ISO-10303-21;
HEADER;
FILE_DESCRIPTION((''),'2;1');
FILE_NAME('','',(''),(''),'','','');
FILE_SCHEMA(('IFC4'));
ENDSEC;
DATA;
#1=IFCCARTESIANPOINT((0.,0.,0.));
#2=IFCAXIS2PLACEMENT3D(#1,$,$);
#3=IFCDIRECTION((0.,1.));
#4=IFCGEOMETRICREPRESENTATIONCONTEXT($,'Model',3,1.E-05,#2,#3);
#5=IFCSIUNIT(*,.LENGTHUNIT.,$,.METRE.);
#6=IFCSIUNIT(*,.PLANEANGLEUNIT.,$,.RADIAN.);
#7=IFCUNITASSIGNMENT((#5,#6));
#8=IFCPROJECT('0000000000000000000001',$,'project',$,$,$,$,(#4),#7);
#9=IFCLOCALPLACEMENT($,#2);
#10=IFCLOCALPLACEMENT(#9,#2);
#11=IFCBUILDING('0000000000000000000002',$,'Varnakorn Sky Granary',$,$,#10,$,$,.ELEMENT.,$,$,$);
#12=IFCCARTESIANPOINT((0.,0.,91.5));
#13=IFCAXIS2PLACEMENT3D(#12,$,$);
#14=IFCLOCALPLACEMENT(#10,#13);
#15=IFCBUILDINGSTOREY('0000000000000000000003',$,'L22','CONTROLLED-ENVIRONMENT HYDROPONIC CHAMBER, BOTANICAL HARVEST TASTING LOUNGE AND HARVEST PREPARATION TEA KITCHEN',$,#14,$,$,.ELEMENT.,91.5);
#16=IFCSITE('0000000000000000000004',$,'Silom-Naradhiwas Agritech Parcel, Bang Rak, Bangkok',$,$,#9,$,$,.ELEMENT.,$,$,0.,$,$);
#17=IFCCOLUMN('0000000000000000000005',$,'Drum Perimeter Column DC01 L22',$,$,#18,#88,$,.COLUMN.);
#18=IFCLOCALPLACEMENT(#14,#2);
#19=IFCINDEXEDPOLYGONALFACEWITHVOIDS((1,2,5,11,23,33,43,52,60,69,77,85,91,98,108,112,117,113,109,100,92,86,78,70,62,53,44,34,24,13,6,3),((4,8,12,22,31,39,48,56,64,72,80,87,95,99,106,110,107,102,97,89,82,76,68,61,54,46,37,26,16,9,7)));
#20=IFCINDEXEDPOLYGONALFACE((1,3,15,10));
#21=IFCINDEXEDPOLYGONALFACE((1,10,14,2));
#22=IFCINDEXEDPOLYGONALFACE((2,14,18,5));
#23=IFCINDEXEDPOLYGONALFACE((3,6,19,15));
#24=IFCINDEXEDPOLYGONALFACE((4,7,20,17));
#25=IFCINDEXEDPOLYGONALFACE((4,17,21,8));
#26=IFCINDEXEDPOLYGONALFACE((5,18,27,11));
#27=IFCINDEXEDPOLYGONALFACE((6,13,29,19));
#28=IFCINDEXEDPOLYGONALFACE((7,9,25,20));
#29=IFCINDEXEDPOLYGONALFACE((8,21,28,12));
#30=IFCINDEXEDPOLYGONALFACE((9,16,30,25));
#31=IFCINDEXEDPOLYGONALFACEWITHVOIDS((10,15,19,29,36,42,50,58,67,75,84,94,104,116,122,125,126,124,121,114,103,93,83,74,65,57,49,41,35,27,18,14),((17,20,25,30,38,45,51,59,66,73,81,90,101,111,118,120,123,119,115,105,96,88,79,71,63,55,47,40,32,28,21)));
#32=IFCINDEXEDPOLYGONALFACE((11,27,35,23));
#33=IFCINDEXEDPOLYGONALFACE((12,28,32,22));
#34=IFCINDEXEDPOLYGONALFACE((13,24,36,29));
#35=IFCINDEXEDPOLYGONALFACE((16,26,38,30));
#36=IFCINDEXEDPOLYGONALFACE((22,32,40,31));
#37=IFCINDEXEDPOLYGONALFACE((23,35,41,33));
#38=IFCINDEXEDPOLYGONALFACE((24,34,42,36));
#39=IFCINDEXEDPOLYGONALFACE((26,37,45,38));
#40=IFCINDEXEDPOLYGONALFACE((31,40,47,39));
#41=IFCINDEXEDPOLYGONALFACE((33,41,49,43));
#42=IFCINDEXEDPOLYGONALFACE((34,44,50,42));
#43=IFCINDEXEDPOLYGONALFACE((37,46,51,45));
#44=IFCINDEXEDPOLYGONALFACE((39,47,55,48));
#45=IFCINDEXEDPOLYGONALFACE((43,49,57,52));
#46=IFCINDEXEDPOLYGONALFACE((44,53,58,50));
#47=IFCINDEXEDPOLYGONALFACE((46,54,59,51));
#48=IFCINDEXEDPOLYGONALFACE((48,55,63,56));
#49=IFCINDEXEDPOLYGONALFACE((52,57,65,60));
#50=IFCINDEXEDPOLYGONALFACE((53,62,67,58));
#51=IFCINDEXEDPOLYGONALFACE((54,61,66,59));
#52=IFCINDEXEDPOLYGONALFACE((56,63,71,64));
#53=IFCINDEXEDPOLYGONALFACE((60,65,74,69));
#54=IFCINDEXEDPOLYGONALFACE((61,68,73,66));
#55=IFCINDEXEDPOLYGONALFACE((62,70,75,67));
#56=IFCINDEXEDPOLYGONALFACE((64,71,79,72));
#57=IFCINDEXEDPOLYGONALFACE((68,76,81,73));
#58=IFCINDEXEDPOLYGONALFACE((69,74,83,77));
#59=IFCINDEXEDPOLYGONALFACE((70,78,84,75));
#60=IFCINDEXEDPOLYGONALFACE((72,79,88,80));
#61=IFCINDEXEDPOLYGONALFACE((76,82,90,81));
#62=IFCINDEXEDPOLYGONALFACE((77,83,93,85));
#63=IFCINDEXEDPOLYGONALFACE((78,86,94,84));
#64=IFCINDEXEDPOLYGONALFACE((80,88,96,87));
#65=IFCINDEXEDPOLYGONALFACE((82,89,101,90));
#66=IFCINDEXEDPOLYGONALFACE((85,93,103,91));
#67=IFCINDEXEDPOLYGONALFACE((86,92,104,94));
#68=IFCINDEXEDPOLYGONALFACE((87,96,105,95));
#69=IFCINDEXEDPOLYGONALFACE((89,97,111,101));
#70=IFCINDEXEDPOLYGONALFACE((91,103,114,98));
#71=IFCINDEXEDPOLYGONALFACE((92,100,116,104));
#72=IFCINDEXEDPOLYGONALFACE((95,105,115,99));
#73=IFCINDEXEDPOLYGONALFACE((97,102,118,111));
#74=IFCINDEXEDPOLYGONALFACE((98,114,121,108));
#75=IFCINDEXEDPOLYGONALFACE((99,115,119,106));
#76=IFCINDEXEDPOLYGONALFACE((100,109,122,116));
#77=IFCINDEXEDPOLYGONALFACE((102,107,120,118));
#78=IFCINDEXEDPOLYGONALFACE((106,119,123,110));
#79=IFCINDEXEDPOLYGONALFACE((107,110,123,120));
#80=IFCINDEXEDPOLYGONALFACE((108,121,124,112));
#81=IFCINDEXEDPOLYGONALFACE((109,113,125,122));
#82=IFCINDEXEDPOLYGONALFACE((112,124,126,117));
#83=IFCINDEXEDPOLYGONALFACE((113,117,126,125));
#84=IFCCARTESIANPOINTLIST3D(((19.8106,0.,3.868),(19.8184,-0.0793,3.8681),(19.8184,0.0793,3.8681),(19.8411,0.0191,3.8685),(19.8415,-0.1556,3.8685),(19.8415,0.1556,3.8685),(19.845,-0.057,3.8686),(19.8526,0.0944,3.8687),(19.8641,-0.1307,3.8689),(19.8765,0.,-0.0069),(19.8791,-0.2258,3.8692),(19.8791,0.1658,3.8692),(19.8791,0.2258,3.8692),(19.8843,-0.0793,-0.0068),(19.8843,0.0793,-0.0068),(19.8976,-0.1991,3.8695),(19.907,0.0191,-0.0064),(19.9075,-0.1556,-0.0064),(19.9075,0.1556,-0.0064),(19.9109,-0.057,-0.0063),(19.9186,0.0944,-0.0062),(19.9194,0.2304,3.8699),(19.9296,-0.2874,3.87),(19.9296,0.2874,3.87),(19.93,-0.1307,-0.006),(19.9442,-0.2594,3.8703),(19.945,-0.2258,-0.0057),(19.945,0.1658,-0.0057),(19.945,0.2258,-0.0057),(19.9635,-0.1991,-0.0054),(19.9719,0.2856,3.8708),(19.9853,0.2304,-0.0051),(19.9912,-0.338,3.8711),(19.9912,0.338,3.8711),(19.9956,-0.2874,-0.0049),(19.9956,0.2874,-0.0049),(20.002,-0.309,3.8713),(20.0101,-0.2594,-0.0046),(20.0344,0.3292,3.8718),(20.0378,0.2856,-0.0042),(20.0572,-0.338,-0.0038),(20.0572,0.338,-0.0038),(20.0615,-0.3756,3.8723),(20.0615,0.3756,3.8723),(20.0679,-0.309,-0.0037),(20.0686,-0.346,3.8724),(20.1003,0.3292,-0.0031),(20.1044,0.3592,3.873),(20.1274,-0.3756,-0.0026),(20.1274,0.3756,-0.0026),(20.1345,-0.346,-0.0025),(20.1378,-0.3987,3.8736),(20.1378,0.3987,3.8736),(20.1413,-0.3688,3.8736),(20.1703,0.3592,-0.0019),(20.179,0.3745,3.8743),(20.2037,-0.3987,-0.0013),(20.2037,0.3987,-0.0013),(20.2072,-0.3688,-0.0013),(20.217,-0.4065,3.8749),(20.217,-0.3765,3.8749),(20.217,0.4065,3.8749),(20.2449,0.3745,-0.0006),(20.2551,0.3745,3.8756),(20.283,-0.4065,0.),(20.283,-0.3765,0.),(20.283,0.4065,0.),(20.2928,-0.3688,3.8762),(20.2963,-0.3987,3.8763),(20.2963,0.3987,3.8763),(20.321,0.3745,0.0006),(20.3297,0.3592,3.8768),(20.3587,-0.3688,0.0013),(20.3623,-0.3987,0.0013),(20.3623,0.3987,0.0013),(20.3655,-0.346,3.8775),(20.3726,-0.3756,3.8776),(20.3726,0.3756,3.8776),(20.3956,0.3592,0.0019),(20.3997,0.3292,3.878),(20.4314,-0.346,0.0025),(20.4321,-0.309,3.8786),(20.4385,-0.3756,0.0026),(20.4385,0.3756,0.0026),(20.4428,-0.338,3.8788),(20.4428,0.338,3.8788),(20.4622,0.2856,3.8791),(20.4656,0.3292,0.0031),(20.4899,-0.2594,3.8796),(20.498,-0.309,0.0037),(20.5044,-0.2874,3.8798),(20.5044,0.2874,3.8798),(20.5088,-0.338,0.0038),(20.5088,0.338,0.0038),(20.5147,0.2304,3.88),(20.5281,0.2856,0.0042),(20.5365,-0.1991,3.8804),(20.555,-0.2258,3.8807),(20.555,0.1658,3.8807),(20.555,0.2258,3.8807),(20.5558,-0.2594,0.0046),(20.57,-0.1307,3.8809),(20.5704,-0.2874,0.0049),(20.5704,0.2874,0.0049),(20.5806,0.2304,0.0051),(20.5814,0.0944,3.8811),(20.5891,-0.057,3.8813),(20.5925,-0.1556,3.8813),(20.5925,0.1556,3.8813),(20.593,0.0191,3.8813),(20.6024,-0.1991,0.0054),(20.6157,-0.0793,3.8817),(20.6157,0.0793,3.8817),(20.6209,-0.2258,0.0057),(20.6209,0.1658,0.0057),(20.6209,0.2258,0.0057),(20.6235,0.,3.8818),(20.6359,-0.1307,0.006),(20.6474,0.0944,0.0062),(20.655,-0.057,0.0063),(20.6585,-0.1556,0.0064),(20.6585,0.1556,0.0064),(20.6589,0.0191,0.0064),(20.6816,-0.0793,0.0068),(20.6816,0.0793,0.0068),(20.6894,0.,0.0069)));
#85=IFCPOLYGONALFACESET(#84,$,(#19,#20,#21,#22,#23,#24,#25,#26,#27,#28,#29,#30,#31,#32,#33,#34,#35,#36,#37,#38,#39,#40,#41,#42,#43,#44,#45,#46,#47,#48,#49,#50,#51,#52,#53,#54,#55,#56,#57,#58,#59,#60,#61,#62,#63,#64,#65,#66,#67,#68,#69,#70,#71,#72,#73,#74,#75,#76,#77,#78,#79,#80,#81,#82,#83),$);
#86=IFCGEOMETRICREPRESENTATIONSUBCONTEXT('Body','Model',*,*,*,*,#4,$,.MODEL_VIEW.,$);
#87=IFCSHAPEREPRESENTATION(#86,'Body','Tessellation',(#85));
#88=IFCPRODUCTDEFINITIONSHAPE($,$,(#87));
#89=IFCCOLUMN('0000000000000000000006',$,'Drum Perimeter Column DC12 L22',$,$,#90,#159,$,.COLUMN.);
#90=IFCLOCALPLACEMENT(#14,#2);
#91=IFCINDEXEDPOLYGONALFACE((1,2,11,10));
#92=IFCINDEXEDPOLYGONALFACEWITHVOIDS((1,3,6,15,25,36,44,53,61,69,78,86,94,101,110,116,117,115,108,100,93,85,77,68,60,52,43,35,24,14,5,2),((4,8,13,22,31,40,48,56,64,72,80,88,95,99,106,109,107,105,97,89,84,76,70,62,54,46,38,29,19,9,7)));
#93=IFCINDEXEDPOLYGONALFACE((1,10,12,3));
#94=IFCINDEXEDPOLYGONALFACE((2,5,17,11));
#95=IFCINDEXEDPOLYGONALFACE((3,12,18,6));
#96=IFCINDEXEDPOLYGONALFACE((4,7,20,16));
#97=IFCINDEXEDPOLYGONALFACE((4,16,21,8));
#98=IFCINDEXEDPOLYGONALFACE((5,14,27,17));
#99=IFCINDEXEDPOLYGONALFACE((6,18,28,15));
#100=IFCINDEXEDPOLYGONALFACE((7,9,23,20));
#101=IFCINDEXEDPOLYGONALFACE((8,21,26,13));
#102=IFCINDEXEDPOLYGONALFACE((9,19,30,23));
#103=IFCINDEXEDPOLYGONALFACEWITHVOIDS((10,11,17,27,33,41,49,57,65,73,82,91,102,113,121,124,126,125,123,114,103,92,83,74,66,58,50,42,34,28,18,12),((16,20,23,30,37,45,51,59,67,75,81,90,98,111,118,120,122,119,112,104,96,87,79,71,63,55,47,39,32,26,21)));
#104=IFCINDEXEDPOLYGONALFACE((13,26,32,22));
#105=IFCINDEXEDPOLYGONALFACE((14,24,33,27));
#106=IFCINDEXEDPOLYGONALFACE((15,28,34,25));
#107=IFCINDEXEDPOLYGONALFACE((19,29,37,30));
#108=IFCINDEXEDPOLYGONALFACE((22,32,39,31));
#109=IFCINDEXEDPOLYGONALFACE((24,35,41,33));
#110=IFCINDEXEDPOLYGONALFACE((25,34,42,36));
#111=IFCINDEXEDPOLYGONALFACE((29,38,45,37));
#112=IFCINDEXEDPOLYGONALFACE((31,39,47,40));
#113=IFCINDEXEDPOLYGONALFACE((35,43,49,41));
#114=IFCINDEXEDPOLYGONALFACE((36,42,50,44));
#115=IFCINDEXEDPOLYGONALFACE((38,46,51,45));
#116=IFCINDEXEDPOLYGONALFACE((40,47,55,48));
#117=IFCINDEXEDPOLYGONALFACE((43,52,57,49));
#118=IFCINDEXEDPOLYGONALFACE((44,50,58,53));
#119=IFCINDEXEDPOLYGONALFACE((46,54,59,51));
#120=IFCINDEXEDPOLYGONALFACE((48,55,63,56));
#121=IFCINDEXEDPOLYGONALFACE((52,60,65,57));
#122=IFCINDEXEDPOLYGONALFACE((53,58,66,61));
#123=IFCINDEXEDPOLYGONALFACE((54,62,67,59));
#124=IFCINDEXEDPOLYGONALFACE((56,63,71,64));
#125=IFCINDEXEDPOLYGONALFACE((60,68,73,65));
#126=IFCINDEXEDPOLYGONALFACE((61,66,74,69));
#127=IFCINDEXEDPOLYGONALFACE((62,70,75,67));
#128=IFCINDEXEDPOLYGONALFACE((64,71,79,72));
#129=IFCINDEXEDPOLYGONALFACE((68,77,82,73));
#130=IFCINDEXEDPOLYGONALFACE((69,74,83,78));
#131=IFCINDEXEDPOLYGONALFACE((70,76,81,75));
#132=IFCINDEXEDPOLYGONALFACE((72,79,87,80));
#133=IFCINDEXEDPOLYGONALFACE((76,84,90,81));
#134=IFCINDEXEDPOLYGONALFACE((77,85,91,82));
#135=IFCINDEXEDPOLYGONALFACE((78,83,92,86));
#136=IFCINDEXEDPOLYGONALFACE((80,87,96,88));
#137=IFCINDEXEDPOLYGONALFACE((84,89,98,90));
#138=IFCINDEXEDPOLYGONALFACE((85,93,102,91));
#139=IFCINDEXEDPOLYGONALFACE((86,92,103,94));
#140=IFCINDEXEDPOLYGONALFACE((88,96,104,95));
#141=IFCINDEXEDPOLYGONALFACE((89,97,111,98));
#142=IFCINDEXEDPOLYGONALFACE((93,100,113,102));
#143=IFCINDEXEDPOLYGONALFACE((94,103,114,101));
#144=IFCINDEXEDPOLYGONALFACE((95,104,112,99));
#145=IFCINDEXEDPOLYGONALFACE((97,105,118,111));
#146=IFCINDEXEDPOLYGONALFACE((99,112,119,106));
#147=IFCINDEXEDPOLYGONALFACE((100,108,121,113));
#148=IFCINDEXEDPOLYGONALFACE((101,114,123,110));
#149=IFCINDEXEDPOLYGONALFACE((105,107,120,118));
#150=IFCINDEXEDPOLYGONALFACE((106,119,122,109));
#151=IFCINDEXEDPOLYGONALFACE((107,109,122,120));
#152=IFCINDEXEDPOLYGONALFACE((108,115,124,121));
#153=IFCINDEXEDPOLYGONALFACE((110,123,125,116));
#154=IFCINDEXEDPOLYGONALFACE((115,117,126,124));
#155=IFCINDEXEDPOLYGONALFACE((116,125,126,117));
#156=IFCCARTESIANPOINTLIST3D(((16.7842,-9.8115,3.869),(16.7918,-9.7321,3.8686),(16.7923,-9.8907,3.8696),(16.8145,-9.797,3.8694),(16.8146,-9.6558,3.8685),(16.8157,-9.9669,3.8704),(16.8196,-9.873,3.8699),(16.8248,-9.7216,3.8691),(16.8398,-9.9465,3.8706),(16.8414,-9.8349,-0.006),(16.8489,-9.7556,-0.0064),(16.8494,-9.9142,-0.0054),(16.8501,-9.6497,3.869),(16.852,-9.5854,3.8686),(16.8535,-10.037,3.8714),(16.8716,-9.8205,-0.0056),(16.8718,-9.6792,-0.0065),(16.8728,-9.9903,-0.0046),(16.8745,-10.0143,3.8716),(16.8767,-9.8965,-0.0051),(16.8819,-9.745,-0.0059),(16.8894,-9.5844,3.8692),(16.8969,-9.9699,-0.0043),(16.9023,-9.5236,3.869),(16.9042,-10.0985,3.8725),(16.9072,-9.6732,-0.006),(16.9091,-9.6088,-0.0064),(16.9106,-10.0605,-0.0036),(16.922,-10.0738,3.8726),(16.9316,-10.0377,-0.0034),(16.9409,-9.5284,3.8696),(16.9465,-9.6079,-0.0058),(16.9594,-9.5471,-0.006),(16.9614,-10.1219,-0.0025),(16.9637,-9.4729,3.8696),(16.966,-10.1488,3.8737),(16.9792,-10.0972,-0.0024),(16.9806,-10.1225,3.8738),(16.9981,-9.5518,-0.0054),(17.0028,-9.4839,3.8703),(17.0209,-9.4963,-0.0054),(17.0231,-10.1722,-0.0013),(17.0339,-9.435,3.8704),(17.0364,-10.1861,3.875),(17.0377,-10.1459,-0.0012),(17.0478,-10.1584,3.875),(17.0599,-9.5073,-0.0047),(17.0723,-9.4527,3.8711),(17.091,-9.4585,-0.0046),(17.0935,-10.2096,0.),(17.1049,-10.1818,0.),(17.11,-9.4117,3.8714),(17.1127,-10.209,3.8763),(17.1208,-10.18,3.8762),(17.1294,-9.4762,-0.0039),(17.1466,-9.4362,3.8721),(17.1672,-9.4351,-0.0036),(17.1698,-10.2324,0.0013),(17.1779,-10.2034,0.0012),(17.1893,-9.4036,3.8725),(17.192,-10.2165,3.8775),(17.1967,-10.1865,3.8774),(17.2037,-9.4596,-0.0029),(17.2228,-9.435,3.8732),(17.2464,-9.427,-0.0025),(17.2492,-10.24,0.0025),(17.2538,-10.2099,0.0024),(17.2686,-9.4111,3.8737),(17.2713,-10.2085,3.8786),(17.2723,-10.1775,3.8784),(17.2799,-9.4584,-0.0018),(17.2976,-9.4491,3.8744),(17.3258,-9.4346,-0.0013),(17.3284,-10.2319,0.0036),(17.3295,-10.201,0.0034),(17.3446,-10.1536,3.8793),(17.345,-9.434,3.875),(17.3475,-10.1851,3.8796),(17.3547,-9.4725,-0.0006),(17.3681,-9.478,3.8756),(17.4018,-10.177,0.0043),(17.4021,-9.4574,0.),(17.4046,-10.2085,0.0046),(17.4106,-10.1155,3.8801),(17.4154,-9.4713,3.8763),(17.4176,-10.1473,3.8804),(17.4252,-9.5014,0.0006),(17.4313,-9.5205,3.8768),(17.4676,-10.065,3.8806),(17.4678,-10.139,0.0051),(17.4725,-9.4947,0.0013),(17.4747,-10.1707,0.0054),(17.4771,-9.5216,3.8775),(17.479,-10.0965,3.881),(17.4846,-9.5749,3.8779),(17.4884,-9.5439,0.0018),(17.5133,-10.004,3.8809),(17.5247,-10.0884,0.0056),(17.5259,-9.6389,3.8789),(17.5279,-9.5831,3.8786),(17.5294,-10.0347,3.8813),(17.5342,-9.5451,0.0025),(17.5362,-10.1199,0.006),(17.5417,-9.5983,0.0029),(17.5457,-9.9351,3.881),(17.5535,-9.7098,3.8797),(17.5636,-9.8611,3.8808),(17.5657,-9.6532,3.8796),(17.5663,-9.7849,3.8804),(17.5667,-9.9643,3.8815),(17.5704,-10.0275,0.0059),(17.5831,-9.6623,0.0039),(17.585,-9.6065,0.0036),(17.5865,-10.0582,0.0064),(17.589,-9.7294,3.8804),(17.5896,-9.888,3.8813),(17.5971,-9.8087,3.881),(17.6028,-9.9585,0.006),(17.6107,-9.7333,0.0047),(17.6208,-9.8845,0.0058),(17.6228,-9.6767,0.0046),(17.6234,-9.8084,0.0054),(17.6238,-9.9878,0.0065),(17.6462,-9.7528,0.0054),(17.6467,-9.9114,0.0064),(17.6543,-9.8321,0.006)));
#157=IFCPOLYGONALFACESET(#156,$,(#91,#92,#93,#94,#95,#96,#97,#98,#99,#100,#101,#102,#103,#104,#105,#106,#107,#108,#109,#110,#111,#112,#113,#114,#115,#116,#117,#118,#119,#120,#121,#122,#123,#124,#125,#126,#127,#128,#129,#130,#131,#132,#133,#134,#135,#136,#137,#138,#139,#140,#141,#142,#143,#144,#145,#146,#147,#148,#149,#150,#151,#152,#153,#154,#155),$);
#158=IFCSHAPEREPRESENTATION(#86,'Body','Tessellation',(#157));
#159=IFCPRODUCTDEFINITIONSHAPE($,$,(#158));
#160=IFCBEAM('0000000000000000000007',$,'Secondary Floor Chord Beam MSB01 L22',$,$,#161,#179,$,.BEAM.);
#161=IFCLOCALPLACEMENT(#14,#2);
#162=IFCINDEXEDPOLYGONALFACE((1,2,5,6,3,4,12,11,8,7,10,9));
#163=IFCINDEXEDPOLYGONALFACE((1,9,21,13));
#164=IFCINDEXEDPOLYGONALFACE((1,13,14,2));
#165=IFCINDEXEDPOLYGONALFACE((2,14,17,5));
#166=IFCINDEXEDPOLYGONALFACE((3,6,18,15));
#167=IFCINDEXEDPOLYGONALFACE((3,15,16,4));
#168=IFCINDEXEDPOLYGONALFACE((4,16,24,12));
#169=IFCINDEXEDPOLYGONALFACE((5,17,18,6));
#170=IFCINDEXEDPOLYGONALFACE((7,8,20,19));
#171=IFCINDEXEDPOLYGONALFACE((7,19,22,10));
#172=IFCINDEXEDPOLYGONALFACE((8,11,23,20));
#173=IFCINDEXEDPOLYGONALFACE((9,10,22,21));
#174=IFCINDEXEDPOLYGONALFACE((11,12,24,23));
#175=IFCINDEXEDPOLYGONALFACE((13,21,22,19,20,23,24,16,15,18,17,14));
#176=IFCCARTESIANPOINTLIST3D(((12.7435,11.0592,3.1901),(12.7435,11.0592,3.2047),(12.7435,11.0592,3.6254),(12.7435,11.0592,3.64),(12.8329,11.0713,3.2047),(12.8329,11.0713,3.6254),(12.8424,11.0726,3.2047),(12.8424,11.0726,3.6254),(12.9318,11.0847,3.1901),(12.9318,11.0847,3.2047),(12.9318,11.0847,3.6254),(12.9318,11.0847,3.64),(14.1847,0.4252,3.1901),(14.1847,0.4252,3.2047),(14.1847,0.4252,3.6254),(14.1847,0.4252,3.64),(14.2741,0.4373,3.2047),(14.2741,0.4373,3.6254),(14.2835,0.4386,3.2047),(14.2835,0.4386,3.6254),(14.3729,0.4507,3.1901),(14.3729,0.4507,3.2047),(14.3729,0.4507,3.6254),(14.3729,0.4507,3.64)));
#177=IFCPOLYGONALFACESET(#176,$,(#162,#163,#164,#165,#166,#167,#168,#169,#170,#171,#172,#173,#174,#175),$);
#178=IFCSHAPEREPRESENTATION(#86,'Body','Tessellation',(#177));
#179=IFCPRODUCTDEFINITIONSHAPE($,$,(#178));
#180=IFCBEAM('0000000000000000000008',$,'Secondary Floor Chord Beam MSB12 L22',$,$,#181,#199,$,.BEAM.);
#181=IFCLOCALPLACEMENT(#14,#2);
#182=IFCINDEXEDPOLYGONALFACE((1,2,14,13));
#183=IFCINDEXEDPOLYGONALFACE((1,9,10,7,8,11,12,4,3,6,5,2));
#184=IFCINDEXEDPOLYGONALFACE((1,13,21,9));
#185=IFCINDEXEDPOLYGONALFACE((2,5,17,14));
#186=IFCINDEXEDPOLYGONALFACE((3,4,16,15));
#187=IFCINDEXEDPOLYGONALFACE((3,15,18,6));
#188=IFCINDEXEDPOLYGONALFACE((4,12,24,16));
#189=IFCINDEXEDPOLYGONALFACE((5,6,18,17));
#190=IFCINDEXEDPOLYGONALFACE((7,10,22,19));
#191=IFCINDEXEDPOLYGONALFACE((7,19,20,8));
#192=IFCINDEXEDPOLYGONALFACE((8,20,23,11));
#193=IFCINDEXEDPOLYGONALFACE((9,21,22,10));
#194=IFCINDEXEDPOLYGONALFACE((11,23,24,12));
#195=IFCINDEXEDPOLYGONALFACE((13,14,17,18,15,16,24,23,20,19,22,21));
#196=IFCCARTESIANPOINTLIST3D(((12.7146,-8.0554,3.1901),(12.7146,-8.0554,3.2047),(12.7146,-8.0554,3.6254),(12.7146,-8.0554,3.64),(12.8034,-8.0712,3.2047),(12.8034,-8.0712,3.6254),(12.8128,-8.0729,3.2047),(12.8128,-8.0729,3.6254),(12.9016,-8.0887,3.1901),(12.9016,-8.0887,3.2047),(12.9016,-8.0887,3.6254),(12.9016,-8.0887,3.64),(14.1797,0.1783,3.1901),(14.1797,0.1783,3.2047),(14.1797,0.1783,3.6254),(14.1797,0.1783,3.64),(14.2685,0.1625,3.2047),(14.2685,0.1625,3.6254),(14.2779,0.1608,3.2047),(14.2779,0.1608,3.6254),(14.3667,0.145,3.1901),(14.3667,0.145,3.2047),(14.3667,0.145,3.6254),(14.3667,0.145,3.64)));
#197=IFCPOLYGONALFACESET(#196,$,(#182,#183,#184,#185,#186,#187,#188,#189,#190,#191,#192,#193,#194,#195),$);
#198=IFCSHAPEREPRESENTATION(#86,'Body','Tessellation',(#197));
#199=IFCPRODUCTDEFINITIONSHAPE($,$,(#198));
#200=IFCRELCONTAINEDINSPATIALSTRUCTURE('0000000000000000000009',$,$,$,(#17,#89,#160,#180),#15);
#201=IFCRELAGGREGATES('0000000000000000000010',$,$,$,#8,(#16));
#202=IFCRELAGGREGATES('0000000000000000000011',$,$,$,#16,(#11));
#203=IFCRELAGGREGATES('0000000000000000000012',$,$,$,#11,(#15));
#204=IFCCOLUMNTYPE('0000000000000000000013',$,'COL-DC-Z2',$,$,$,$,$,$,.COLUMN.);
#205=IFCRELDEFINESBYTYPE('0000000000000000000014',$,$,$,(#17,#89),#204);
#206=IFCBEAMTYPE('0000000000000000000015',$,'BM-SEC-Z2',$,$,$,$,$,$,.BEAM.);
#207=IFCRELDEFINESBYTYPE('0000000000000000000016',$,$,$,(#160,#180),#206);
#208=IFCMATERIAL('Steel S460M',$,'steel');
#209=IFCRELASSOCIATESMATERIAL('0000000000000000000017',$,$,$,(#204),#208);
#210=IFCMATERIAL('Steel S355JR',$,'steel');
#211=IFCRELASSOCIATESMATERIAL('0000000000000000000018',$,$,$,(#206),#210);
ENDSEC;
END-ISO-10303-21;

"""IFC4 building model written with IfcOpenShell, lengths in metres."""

from ifc_helpers import new_model, si_unit, direction, frame, origin, origin_2d, place, context, subcontext, project, spatial, hollow_circle, i_section, extrude, material, material_profile, profile_set, type_object, element, save


model = new_model("IFC4")

# Units and contexts
model_context = context("Model", 3, precision=1e-05, world=origin(), true_north=direction((0.0, 1.0)))
body_context = subcontext(model_context, "Body", "Model", "MODEL_VIEW")
ifc_project = project(units=[si_unit("LENGTHUNIT", "METRE"), si_unit("PLANEANGLEUNIT", "RADIAN")], contexts=[model_context])

# Site, building, storey
site_placement = place(None, origin())
site = spatial("IfcSite", under=ifc_project, at=site_placement, Name="Silom-Naradhiwas Agritech Parcel, Bang Rak, Bangkok", CompositionType="ELEMENT", RefElevation=0.0)
building_placement = place(site_placement, origin())
building = spatial("IfcBuilding", under=site, at=building_placement, Name="Varnakorn Sky Granary", CompositionType="ELEMENT")
storey_placement = place(building_placement, frame((0.0, 0.0, 91.5)))
storey = spatial("IfcBuildingStorey", under=building, at=storey_placement, Name="L22", Description="CONTROLLED-ENVIRONMENT HYDROPONIC CHAMBER, BOTANICAL HARVEST TASTING LOUNGE AND HARVEST PREPARATION TEA KITCHEN", CompositionType="ELEMENT", Elevation=91.5)

# Columns
ifc_material_1 = material(Name="Steel S460M", Category="steel")
ifc_material_profile_1 = material_profile(ifc_material_1, hollow_circle(Radius=0.4065, WallThickness=0.03, at=origin_2d()), Name="CHS 813x30")
ifc_profile_set_1 = profile_set([ifc_material_profile_1], Name="Steel S460M")
column_type = type_object("IfcColumnType", Name="COL-DC-Z2", PredefinedType="COLUMN", material=ifc_profile_set_1)
for number, where, z_axis, x_axis, name in (
    (1, (20.283, 0.0, 0.0), (-0.017009, 0.0, 0.999855), (0.0, -1.0, 0.0), "Drum Perimeter Column DC01 L22"),
    (2, (17.2478, -9.8335, 0.0), (-0.014741, 0.006048, 0.999873), (-0.379556, -0.925169, 0.0), "Drum Perimeter Column DC12 L22"),
):
    element("IfcColumn", number, at=place(storey_placement, frame(where, z_axis=z_axis, x_axis=x_axis)), inside=storey, type_object=column_type, Name=name, PredefinedType="COLUMN", context=body_context, shape_type="SweptSolid", body=[
        extrude(hollow_circle(Radius=0.4065, WallThickness=0.03, at=origin_2d()), origin(), (0.0, 0.0, 1.0), 3.8755),
    ])

# Beams
ifc_material_2 = material(Name="Steel S355JR", Category="steel")
ifc_material_profile_2 = material_profile(ifc_material_2, i_section(OverallWidth=0.1899, OverallDepth=0.45, WebThickness=0.0095, FlangeThickness=0.0146, at=origin_2d()), Name="IPE 450")
ifc_profile_set_2 = profile_set([ifc_material_profile_2], Name="Steel S355JR")
beam_type_1 = type_object("IfcBeamType", Name="BM-SEC-Z2", PredefinedType="BEAM", material=ifc_profile_set_2)
beam_1_placement = place(storey_placement, frame((14.2788, 0.438, 3.415), z_axis=(-0.134296, 0.990941, 0.0), x_axis=(-0.990941, -0.134296, 0.0)))
element("IfcBeam", 3, at=beam_1_placement, inside=storey, type_object=beam_type_1, Name="Secondary Floor Chord Beam MSB01 L22", PredefinedType="BEAM", context=body_context, shape_type="SweptSolid", body=[
    extrude(i_section(OverallWidth=0.1899, OverallDepth=0.45, WebThickness=0.0095, FlangeThickness=0.0146, at=origin_2d()), origin(), (0.0, 0.0, 1.0), 10.7312),
])
beam_2_placement = place(storey_placement, frame((12.8081, -8.072, 3.415), z_axis=(0.175187, 0.984535, 0.0), x_axis=(-0.984535, 0.175187, 0.0)))
element("IfcBeam", 4, at=beam_2_placement, inside=storey, type_object=beam_type_1, Name="Secondary Floor Chord Beam MSB12 L22", PredefinedType="BEAM", context=body_context, shape_type="SweptSolid", body=[
    extrude(i_section(OverallWidth=0.1899, OverallDepth=0.45, WebThickness=0.0095, FlangeThickness=0.0146, at=origin_2d()), origin(), (0.0, 0.0, 1.0), 8.363),
])

save(model, "model.ifc")
